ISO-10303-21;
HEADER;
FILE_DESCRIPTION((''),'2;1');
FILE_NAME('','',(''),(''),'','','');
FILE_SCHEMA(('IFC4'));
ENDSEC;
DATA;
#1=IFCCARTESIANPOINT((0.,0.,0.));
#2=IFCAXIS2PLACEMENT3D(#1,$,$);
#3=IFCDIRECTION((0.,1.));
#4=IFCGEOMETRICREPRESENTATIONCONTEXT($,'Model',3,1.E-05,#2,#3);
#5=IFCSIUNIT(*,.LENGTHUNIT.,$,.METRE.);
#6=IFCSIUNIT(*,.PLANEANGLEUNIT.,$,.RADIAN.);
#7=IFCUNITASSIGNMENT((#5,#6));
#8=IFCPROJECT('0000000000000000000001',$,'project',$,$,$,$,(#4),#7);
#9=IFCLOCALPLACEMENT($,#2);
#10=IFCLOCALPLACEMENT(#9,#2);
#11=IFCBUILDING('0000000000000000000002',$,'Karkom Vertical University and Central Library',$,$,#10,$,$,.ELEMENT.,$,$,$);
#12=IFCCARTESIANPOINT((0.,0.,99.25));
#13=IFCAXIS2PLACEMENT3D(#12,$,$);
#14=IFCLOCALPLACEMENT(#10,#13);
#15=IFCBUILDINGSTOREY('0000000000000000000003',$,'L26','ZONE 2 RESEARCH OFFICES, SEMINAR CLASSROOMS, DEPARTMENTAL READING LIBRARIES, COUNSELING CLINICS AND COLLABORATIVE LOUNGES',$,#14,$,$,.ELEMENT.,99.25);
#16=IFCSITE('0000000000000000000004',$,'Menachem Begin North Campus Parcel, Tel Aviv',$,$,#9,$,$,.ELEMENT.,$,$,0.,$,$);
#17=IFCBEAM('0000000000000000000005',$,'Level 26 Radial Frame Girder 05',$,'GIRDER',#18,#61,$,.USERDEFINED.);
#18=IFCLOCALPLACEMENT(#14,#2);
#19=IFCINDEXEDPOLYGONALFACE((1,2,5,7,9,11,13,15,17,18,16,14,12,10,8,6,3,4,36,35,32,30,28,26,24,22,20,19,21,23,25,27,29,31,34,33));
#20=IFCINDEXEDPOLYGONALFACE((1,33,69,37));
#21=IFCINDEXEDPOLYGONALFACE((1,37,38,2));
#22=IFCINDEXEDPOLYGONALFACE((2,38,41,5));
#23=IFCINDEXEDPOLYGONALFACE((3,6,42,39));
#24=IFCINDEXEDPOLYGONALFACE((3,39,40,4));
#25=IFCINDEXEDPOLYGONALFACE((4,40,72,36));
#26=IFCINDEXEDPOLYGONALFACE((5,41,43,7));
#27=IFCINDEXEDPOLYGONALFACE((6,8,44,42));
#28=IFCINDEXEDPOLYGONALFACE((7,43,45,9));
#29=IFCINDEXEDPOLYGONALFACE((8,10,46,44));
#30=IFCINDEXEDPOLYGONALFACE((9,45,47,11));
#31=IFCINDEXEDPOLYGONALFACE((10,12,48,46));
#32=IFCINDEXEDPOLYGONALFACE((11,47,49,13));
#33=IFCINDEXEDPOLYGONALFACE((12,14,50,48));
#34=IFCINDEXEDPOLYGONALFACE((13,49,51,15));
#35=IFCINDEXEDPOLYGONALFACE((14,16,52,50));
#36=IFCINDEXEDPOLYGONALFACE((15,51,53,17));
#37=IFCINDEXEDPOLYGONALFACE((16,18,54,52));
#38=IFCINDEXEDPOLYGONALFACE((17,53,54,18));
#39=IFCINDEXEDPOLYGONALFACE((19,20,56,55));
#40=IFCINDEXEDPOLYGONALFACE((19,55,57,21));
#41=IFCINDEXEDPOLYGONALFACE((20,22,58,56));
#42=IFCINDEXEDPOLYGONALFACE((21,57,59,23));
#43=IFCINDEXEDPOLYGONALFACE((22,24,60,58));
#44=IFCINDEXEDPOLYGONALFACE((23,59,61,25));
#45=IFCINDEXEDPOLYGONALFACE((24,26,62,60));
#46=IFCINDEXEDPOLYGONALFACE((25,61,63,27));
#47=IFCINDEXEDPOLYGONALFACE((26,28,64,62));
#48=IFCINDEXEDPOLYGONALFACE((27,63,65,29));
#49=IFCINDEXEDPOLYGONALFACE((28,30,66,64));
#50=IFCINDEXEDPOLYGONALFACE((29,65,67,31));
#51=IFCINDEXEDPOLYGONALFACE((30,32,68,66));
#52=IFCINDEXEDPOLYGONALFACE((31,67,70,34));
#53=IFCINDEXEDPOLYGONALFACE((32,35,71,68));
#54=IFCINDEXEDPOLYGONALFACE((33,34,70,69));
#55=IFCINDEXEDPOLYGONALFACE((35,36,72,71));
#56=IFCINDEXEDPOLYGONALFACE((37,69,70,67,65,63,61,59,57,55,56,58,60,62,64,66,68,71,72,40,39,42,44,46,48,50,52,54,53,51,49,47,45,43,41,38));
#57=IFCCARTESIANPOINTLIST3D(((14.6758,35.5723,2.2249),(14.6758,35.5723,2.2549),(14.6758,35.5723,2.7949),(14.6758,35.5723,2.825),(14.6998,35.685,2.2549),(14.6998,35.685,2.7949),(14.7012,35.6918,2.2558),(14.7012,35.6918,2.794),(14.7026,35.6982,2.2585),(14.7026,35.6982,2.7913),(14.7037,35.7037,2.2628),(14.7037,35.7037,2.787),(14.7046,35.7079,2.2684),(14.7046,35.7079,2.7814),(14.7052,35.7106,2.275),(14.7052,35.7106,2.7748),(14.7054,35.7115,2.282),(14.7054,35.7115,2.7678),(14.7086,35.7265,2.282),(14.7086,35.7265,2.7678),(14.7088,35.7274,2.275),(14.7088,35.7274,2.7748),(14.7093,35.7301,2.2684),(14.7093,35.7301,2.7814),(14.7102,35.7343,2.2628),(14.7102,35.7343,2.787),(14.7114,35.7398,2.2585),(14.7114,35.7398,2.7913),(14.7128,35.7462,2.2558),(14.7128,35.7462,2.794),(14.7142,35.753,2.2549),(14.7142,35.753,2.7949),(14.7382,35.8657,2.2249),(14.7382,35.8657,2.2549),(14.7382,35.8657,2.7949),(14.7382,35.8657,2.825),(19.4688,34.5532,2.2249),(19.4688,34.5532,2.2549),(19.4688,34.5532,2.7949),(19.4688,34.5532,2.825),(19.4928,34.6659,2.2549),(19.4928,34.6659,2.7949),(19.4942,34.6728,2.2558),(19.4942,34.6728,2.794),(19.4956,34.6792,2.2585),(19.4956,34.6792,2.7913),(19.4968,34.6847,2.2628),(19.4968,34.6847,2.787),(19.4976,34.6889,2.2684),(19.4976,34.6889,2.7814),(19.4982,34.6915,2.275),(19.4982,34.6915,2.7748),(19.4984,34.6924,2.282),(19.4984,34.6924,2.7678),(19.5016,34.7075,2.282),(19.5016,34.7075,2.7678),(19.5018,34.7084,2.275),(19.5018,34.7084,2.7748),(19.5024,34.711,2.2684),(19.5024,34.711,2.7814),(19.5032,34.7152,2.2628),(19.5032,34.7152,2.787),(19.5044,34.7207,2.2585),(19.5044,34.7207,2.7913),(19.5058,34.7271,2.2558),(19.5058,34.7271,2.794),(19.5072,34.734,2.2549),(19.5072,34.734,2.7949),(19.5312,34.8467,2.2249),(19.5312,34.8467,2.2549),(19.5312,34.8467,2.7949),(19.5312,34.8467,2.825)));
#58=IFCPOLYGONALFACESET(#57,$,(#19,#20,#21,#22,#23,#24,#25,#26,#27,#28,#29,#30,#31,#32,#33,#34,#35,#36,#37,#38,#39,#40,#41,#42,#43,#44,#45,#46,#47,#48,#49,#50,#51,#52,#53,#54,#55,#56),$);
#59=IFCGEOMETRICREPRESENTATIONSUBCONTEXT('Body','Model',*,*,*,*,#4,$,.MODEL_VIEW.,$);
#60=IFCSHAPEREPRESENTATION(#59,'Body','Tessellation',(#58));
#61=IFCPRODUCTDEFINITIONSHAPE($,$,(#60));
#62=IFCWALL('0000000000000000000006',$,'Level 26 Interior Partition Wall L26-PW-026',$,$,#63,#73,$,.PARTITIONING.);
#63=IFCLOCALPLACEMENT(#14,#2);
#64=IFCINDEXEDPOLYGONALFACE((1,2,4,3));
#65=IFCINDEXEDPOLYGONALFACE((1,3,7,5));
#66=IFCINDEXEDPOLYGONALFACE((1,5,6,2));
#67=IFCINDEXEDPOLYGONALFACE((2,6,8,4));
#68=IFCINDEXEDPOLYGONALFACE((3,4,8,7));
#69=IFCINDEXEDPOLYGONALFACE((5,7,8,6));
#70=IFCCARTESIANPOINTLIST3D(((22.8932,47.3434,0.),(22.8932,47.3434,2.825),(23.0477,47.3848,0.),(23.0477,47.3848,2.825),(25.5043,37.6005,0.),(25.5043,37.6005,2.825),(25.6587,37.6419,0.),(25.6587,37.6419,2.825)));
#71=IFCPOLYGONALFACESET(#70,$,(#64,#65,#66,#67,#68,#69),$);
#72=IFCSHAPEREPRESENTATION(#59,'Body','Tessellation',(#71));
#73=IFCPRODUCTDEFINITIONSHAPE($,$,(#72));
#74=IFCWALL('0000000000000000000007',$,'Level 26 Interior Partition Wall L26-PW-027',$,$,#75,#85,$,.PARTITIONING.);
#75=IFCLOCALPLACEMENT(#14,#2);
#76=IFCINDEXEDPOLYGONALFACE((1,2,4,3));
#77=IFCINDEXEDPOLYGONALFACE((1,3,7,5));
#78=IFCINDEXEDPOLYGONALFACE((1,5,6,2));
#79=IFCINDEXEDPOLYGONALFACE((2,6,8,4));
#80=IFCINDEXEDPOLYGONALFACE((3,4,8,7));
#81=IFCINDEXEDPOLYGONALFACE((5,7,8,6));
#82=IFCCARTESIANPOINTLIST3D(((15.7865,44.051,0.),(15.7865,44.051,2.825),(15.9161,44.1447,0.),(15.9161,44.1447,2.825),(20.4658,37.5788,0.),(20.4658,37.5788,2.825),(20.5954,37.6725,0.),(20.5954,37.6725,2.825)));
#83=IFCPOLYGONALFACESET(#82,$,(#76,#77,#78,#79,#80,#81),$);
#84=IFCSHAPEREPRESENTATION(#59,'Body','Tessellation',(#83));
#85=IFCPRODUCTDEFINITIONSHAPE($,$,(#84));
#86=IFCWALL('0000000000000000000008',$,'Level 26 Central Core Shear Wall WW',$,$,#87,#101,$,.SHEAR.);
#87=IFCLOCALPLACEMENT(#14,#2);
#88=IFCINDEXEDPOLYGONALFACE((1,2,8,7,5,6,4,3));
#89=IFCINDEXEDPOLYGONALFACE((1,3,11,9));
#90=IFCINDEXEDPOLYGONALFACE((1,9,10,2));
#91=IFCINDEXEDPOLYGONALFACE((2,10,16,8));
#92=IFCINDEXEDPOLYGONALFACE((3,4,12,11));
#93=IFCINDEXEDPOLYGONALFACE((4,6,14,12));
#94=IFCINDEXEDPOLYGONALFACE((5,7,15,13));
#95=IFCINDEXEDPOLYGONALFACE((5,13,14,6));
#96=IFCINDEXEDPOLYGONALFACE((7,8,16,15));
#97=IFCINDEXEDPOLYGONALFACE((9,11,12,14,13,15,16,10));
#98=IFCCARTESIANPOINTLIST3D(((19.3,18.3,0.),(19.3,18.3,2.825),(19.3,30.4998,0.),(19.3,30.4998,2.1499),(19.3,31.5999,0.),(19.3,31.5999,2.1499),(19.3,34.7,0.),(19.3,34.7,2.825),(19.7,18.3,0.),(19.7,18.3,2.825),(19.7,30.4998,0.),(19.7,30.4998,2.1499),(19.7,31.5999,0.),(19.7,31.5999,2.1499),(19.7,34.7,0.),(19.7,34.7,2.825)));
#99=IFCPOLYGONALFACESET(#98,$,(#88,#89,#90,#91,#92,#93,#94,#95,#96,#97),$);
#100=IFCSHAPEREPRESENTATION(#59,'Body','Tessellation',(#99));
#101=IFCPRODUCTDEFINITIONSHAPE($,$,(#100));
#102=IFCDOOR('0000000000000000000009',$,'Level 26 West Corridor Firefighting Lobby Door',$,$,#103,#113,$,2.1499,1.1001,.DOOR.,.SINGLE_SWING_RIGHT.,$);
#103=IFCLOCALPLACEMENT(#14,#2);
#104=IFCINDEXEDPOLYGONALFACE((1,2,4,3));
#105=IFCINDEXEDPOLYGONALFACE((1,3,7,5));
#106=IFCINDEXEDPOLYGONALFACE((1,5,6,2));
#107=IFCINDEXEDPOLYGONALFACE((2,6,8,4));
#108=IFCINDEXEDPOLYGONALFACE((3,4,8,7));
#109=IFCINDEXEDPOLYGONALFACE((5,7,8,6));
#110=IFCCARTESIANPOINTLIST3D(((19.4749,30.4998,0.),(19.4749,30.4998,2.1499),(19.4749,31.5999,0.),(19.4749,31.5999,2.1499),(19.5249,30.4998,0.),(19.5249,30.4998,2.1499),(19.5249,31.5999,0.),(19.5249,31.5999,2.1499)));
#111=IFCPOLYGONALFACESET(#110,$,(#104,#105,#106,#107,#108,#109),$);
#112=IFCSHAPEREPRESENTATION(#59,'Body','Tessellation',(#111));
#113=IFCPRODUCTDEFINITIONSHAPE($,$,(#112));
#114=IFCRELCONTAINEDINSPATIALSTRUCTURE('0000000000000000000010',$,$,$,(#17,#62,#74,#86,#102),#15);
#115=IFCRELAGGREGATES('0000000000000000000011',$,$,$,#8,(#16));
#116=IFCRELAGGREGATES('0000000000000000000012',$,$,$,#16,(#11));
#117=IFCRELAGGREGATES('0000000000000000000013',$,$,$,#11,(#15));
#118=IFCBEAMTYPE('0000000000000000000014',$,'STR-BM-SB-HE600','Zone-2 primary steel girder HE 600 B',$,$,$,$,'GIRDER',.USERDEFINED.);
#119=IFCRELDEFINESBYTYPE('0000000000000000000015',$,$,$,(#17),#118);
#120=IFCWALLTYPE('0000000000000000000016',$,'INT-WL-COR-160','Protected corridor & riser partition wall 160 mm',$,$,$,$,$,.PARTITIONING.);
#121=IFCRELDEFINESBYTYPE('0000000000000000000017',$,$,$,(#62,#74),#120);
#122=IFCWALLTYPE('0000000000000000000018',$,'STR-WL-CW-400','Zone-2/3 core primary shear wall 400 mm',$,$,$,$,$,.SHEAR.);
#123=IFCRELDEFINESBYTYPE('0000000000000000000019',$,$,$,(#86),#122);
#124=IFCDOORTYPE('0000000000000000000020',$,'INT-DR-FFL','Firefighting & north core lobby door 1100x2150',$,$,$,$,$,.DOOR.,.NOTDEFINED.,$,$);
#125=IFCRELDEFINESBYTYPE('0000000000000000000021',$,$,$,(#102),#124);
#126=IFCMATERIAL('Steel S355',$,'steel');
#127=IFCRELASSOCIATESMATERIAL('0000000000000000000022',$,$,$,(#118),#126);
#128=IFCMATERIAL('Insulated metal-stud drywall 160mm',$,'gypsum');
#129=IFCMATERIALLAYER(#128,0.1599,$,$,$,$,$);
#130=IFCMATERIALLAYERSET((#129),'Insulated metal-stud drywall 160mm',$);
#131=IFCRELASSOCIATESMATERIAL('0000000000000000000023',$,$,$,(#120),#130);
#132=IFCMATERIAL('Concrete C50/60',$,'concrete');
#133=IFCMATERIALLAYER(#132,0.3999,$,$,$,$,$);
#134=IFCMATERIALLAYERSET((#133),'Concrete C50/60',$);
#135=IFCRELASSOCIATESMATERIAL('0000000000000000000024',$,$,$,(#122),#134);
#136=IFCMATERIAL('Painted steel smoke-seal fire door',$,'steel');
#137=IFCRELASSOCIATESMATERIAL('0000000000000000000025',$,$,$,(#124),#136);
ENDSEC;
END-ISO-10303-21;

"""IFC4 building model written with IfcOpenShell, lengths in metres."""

from ifc_helpers import new_model, si_unit, direction, frame, frame_2d, origin, origin_with_axes, origin_2d, place, context, subcontext, project, spatial, rectangle, i_section, extrude, source, transform, mapped, material, layer, layer_set, material_profile, profile_set, type_object, element, fill, save


model = new_model("IFC4")

# Units and contexts
model_context = context("Model", 3, precision=1e-05, world=origin(), true_north=direction((0.0, 1.0)))
body_context = subcontext(model_context, "Body", "Model", "MODEL_VIEW")
ifc_project = project(units=[si_unit("LENGTHUNIT", "METRE"), si_unit("PLANEANGLEUNIT", "RADIAN")], contexts=[model_context])

# Site, building, storey
site_placement = place(None, origin())
site = spatial("IfcSite", under=ifc_project, at=site_placement, Name="Menachem Begin North Campus Parcel, Tel Aviv", CompositionType="ELEMENT", RefElevation=0.0)
building_placement = place(site_placement, origin())
building = spatial("IfcBuilding", under=site, at=building_placement, Name="Karkom Vertical University and Central Library", CompositionType="ELEMENT")
storey_placement = place(building_placement, frame((0.0, 0.0, 99.25)))
storey = spatial("IfcBuildingStorey", under=building, at=storey_placement, Name="L26", Description="ZONE 2 RESEARCH OFFICES, SEMINAR CLASSROOMS, DEPARTMENTAL READING LIBRARIES, COUNSELING CLINICS AND COLLABORATIVE LOUNGES", CompositionType="ELEMENT", Elevation=99.25)

# Shared definitions
ifc_material_1 = material(Name="Concrete C50/60", Category="concrete")

# Beam
ifc_material_2 = material(Name="Steel S355", Category="steel")
ifc_material_profile_1 = material_profile(ifc_material_2, i_section(OverallWidth=0.3, OverallDepth=0.6001, WebThickness=0.0154, FlangeThickness=0.03, FilletRadius=0.0271, at=origin_2d()), Name="HE 600 B")
ifc_profile_set_1 = profile_set([ifc_material_profile_1], Name="Steel S355")
beam_type_1 = type_object("IfcBeamType", Name="STR-BM-SB-HE600", Description="Zone-2 primary steel girder HE 600 B", ElementType="GIRDER", PredefinedType="USERDEFINED", material=ifc_profile_set_1)
shared_shape_1 = source(origin_with_axes(), body_context, "Body", "SweptSolid", [
    extrude(i_section(OverallWidth=0.3, OverallDepth=0.6001, WebThickness=0.0154, FlangeThickness=0.03, FilletRadius=0.0271, at=origin_2d()), origin(), (0.0, 0.0, 1.0), 4.9001),
])
beam_1_placement = place(storey_placement, frame((19.5, 34.7, 2.5249), z_axis=(-0.978137, 0.207964, 0.0), x_axis=(-0.207964, -0.978137, 0.0)))
element("IfcBeam", 1, at=beam_1_placement, inside=storey, type_object=beam_type_1, Name="Level 26 Radial Frame Girder 05", ObjectType="GIRDER", PredefinedType="USERDEFINED", context=body_context, shape_type="MappedRepresentation", body=[
    mapped(shared_shape_1, transform((0.0, 0.0, 0.0), scale=1.0)),
])

# Walls
ifc_material_3 = material(Name="Insulated metal-stud drywall 160mm", Category="gypsum")
ifc_layer_1 = layer(ifc_material_3, 0.1599)
ifc_layer_set_1 = layer_set([ifc_layer_1], Name="Insulated metal-stud drywall 160mm")
wall_type_1 = type_object("IfcWallType", Name="INT-WL-COR-160", Description="Protected corridor & riser partition wall 160 mm", PredefinedType="PARTITIONING", material=ifc_layer_set_1)
wall_1_placement = place(storey_placement, frame((25.5815, 37.6211, 0.0), z_axis=(0.0, 0.0, 1.0), x_axis=(-0.258863, 0.965914, 0.0)))
element("IfcWall", 2, at=wall_1_placement, inside=storey, type_object=wall_type_1, Name="Level 26 Interior Partition Wall L26-PW-026", PredefinedType="PARTITIONING", context=body_context, shape_type="SweptSolid", body=[
    extrude(rectangle(XDim=10.0867, YDim=0.1599, at=frame_2d((5.0435, 0.0))), origin(), (0.0, 0.0, 1.0), 2.825),
])
wall_2_placement = place(storey_placement, frame((20.5305, 37.6257, 0.0), z_axis=(0.0, 0.0, 1.0), x_axis=(-0.58589, 0.810391, 0.0)))
element("IfcWall", 3, at=wall_2_placement, inside=storey, type_object=wall_type_1, Name="Level 26 Interior Partition Wall L26-PW-027", PredefinedType="PARTITIONING", context=body_context, shape_type="SweptSolid", body=[
    extrude(rectangle(XDim=7.9866, YDim=0.1599, at=frame_2d((3.9932, 0.0))), origin(), (0.0, 0.0, 1.0), 2.825),
])

# Wall, opening, door
ifc_layer_2 = layer(ifc_material_1, 0.3999)
ifc_layer_set_2 = layer_set([ifc_layer_2], Name="Concrete C50/60")
wall_type_2 = type_object("IfcWallType", Name="STR-WL-CW-400", Description="Zone-2/3 core primary shear wall 400 mm", PredefinedType="SHEAR", material=ifc_layer_set_2)
ifc_material_4 = material(Name="Painted steel smoke-seal fire door", Category="steel")
door_type = type_object("IfcDoorType", Name="INT-DR-FFL", Description="Firefighting & north core lobby door 1100x2150", OperationType="NOTDEFINED", PredefinedType="DOOR", material=ifc_material_4)
shared_shape_2 = source(origin_with_axes(), body_context, "Body", "SweptSolid", [
    extrude(rectangle(XDim=1.1001, YDim=2.1499, at=frame_2d((0.55, 1.075))), frame((0.0, 0.0249, 0.0), z_axis=(0.0, -1.0, 0.0), x_axis=(1.0, 0.0, 0.0)), (0.0, 0.0, 1.0), 0.05),
])
wall_3_placement = place(storey_placement, frame((19.5, 34.7, 0.0), z_axis=(0.0, 0.0, 1.0), x_axis=(0.0, -1.0, 0.0)))
wall_3 = element("IfcWall", 4, at=wall_3_placement, inside=storey, type_object=wall_type_2, Name="Level 26 Central Core Shear Wall WW", PredefinedType="SHEAR", context=body_context, shape_type="SweptSolid", body=[
    extrude(rectangle(XDim=16.3999, YDim=0.3999, at=frame_2d((8.2, 0.0))), origin(), (0.0, 0.0, 1.0), 2.825),
])
opening_1_placement = place(wall_3_placement, frame((3.1001, 0.0, 0.0)))
opening_1 = element("IfcOpeningElement", 5, at=opening_1_placement, cuts=wall_3, PredefinedType="OPENING", context=body_context, shape_type="SweptSolid", body=[
    extrude(rectangle(XDim=1.1001, YDim=2.1499, at=frame_2d((0.55, 1.075))), frame((0.0, 0.21, 0.0), z_axis=(0.0, -1.0, 0.0), x_axis=(1.0, 0.0, 0.0)), (0.0, 0.0, 1.0), 0.4199),
])
door_1_placement = place(opening_1_placement, origin())
door_1 = element("IfcDoor", 6, at=door_1_placement, inside=storey, type_object=door_type, Name="Level 26 West Corridor Firefighting Lobby Door", OperationType="SINGLE_SWING_RIGHT", OverallHeight=2.1499, OverallWidth=1.1001, PredefinedType="DOOR", context=body_context, shape_type="MappedRepresentation", body=[
    mapped(shared_shape_2, transform((0.0, 0.0, 0.0), scale=1.0)),
])
fill(opening_1, door_1)

save(model, "model.ifc")
